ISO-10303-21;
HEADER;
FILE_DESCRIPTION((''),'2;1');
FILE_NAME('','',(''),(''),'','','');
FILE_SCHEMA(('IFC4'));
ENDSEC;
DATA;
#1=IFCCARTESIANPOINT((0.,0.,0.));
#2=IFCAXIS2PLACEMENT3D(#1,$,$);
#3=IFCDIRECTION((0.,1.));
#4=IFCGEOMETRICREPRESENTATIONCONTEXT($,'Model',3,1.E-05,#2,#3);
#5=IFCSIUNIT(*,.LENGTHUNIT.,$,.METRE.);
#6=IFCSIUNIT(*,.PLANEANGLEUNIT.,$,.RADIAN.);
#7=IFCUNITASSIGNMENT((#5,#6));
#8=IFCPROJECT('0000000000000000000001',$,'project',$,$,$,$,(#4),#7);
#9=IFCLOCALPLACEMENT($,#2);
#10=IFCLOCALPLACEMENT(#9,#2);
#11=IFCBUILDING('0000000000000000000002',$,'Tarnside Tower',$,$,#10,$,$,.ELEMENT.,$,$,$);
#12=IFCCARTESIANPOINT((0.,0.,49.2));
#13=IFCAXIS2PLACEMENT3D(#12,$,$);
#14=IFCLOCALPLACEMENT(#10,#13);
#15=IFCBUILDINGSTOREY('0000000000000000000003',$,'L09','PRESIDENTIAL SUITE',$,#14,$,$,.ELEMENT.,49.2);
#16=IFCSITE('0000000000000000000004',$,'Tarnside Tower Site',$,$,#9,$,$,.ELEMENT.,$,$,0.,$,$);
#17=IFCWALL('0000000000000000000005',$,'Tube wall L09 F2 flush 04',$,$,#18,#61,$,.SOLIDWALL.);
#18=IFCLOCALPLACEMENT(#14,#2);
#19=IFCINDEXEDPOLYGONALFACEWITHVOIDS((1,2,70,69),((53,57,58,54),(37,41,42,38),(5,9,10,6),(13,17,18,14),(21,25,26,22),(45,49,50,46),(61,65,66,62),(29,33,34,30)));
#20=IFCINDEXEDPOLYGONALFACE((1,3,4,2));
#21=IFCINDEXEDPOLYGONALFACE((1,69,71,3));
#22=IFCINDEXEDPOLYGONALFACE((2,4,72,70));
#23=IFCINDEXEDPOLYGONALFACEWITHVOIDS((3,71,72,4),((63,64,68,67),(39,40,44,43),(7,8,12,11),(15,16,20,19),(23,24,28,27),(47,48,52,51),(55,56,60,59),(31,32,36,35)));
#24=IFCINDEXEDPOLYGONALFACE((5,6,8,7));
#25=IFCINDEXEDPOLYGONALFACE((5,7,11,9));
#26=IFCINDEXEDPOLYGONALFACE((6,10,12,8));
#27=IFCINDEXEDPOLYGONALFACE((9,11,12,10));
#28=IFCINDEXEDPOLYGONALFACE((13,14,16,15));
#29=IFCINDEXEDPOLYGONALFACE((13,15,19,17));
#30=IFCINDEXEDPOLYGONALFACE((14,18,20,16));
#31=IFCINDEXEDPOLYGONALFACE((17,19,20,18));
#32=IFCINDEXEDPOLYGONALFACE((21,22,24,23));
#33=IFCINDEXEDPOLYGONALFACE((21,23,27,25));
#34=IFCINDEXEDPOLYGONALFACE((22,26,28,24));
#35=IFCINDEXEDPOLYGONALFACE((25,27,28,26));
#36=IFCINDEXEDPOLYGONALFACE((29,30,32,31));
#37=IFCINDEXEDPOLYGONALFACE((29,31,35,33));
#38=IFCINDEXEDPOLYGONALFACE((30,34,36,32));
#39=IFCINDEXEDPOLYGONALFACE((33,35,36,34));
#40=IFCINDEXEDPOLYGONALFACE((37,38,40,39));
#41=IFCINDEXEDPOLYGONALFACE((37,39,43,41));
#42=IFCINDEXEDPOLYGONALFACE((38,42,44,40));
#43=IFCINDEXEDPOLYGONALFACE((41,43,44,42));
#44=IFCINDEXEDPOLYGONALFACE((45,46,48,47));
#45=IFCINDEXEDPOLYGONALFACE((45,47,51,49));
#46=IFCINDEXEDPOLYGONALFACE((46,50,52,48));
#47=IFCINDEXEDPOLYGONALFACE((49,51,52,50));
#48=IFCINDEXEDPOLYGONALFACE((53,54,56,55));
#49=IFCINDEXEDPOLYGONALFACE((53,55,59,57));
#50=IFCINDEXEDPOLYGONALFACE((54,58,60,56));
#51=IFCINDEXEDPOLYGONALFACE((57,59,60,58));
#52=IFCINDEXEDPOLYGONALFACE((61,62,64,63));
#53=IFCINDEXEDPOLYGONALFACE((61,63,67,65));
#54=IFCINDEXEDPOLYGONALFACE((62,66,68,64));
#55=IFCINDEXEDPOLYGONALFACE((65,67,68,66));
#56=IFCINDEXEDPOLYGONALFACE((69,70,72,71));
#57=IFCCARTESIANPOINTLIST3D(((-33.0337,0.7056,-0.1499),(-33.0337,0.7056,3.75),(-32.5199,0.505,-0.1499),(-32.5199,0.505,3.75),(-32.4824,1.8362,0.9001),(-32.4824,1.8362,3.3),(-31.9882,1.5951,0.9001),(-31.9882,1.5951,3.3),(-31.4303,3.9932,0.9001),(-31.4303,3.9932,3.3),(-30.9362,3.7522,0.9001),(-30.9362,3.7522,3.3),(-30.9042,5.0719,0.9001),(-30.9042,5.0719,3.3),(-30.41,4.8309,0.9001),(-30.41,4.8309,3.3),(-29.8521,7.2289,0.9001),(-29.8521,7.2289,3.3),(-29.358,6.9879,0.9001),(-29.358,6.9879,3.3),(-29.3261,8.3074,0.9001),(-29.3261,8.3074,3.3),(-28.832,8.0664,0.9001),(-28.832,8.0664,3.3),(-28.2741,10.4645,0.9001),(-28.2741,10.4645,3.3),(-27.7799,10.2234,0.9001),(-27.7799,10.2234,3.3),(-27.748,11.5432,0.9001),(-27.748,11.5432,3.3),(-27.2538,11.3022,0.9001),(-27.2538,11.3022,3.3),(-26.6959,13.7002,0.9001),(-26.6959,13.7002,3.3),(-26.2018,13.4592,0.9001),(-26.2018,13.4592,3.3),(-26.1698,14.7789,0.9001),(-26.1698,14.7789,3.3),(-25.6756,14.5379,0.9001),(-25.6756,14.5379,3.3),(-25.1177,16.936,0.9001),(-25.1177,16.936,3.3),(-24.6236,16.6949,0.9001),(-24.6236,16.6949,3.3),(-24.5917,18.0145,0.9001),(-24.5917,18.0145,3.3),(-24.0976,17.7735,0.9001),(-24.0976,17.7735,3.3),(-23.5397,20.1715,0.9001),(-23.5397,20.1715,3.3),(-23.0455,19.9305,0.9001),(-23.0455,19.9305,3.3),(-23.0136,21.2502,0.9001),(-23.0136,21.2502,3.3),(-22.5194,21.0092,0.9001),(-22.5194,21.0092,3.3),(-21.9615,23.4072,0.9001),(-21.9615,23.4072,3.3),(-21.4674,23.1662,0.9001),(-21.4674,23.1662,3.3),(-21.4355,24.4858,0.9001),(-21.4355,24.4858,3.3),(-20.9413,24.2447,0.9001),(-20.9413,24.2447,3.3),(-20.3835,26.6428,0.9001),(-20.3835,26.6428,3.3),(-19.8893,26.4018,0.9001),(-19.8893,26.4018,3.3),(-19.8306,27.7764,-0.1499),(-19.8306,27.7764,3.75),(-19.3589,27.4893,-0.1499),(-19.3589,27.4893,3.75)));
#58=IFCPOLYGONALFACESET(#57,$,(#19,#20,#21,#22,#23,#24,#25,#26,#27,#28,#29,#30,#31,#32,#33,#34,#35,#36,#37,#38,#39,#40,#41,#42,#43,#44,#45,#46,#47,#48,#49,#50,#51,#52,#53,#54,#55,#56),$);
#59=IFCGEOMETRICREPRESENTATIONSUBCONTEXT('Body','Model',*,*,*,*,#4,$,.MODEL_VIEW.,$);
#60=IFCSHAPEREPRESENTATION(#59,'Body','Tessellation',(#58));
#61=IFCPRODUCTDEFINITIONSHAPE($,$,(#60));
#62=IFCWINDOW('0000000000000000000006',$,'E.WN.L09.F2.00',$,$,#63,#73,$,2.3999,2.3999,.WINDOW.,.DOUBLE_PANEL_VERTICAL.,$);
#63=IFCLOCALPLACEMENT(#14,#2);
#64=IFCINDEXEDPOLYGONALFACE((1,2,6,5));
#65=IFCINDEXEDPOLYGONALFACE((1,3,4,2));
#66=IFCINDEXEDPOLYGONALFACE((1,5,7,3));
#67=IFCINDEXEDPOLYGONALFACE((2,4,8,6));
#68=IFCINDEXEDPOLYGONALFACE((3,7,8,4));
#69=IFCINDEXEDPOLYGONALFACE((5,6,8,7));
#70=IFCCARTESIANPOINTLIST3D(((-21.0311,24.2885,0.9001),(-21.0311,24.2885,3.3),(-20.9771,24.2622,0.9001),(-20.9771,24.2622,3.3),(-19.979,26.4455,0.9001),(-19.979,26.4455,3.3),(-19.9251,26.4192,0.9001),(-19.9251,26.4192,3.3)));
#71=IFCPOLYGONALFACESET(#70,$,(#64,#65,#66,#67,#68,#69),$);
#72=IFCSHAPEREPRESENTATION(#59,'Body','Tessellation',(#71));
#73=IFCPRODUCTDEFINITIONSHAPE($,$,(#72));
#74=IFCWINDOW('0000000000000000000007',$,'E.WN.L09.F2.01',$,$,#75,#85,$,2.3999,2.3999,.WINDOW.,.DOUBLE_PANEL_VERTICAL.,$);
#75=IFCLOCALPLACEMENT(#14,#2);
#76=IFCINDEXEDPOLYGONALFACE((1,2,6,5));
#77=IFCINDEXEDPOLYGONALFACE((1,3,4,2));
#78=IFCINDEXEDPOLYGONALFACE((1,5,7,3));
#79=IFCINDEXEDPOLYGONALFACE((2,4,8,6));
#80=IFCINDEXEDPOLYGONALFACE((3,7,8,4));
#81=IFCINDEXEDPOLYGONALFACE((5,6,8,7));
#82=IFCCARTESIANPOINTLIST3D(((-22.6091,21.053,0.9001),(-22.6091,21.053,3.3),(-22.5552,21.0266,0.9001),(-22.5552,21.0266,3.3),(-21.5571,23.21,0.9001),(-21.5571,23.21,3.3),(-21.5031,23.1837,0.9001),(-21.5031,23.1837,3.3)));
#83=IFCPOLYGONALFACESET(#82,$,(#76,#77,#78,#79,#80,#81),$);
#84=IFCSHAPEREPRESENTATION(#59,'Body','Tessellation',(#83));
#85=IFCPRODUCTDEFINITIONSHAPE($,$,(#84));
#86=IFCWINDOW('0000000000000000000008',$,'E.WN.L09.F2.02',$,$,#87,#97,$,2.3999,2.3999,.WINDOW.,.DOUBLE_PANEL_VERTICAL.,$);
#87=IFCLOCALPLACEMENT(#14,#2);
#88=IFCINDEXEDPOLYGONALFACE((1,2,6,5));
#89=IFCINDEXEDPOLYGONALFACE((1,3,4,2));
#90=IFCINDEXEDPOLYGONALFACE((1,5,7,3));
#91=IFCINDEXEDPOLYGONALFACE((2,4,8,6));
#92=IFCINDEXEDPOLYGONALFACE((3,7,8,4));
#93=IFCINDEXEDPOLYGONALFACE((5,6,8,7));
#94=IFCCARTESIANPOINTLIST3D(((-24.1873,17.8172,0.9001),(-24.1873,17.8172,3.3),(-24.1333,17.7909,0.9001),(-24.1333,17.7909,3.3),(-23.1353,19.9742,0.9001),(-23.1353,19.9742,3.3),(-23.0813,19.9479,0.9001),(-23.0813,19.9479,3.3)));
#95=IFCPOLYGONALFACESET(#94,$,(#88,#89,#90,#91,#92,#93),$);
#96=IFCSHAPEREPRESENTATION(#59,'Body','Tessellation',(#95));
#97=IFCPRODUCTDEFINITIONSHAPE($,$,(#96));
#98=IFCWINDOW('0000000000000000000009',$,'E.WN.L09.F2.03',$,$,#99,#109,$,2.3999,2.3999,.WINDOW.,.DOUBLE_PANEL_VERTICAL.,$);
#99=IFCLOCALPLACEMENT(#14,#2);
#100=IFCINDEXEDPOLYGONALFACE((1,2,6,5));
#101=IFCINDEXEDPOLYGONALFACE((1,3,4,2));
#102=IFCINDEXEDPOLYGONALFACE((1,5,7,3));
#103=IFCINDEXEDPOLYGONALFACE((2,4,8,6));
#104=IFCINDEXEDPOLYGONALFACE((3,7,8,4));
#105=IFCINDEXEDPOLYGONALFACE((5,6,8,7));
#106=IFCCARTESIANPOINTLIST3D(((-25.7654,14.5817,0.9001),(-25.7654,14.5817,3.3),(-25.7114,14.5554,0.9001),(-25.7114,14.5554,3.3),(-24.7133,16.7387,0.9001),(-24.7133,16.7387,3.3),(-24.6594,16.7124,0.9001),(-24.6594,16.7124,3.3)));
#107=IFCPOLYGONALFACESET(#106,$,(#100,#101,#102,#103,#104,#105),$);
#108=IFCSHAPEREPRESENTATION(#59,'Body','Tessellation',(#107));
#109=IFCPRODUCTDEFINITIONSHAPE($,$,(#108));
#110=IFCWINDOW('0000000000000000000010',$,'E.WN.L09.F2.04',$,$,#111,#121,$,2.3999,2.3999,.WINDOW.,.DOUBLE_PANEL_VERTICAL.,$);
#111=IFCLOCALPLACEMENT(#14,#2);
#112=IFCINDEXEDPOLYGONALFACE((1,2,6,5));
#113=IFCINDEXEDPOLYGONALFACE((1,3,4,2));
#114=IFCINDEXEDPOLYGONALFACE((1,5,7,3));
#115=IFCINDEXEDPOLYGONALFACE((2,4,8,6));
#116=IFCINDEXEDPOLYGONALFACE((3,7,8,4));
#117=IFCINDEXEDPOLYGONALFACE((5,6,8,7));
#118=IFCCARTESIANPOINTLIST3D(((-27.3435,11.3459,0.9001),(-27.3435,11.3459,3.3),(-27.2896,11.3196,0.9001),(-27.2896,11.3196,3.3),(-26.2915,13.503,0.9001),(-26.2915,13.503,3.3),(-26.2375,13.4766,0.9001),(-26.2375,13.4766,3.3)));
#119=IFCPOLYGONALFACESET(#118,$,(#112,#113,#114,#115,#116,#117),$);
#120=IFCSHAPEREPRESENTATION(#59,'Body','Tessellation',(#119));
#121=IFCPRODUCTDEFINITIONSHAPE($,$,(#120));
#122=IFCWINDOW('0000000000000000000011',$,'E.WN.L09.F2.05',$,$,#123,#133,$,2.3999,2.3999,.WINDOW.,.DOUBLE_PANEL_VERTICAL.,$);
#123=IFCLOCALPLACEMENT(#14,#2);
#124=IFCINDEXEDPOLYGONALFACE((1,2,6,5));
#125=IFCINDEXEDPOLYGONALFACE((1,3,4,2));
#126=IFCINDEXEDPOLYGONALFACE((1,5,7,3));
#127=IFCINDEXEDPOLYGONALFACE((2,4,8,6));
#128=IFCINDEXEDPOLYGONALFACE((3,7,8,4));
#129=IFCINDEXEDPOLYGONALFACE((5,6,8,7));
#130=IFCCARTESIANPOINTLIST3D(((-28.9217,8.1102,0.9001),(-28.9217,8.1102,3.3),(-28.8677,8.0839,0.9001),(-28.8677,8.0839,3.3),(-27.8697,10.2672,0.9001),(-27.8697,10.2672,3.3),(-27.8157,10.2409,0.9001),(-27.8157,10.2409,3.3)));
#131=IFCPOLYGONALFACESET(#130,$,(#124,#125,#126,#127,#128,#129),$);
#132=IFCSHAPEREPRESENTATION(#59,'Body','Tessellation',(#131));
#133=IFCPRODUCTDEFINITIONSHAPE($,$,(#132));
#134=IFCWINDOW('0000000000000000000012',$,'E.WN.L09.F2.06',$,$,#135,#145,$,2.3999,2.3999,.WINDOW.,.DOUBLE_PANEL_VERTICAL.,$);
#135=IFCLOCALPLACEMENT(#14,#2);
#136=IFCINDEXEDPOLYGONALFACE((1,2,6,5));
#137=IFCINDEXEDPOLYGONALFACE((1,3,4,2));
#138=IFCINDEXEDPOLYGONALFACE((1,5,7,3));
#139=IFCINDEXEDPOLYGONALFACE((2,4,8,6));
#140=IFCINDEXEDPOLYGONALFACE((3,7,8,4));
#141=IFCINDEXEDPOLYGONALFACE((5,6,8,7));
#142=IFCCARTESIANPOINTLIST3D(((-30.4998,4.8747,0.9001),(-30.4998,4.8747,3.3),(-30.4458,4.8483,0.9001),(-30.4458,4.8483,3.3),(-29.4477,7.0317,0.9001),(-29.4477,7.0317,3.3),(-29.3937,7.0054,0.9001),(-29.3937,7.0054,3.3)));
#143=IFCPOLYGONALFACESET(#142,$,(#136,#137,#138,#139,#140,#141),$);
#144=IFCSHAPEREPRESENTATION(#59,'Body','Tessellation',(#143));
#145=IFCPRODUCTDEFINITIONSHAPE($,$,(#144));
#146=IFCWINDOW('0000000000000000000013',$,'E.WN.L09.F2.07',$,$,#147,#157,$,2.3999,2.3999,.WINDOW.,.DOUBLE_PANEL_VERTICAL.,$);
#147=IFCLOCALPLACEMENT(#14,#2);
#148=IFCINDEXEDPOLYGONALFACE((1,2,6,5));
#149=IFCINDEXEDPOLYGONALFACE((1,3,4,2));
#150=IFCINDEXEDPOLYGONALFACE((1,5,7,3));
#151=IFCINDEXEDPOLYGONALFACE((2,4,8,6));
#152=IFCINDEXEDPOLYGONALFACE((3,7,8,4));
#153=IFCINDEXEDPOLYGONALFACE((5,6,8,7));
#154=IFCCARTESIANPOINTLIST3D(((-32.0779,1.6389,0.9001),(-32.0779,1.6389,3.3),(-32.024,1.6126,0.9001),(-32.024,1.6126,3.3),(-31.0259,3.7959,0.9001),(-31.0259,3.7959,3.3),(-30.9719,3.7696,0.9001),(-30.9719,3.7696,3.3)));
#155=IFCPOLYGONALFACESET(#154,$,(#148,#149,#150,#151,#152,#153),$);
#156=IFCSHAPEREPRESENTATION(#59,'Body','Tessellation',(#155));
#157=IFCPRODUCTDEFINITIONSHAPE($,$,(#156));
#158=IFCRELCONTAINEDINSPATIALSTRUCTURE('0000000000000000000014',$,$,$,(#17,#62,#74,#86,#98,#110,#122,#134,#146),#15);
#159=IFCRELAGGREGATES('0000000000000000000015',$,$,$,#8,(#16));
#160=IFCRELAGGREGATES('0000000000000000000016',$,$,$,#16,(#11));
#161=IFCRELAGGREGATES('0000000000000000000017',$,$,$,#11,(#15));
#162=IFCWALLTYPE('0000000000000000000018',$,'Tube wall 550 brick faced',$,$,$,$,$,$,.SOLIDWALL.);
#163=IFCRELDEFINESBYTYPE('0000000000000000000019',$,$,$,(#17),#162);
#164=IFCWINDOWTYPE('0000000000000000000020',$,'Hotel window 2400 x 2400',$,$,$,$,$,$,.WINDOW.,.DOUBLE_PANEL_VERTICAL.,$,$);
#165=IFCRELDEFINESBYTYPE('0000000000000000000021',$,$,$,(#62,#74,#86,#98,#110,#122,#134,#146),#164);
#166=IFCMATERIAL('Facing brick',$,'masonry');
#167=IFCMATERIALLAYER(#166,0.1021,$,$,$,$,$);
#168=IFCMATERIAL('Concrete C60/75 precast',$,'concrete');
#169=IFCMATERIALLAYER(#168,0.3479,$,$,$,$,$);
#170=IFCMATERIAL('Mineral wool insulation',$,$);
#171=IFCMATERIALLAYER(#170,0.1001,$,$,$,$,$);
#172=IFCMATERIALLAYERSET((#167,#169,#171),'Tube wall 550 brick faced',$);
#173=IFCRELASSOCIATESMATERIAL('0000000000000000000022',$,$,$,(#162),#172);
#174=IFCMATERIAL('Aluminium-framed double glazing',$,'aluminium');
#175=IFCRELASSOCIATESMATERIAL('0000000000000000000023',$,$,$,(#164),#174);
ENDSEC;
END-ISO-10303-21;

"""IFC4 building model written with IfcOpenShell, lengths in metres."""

from ifc_helpers import new_model, si_unit, direction, frame, frame_2d, origin, place, context, subcontext, project, spatial, polyline, rectangle, outline, extrude, material, layer, layer_set, type_object, element, fill, save


model = new_model("IFC4")

# Units and contexts
model_context = context("Model", 3, precision=1e-05, world=origin(), true_north=direction((0.0, 1.0)))
body_context = subcontext(model_context, "Body", "Model", "MODEL_VIEW")
ifc_project = project(units=[si_unit("LENGTHUNIT", "METRE"), si_unit("PLANEANGLEUNIT", "RADIAN")], contexts=[model_context])

# Site, building, storey
site_placement = place(None, origin())
site = spatial("IfcSite", under=ifc_project, at=site_placement, Name="Tarnside Tower Site", CompositionType="ELEMENT", RefElevation=0.0)
building_placement = place(site_placement, origin())
building = spatial("IfcBuilding", under=site, at=building_placement, Name="Tarnside Tower", CompositionType="ELEMENT")
storey_placement = place(building_placement, frame((0.0, 0.0, 49.2)))
storey = spatial("IfcBuildingStorey", under=building, at=storey_placement, Name="L09", Description="PRESIDENTIAL SUITE", CompositionType="ELEMENT", Elevation=49.2)

# Shared definitions
ifc_material_1 = material(Name="Facing brick", Category="masonry")
ifc_layer_1 = layer(ifc_material_1, 0.1021)
ifc_material_2 = material(Name="Concrete C60/75 precast", Category="concrete")
ifc_layer_2 = layer(ifc_material_2, 0.3479)
ifc_material_3 = material(Name="Mineral wool insulation")
ifc_layer_3 = layer(ifc_material_3, 0.1001)
ifc_layer_set_1 = layer_set([ifc_layer_1, ifc_layer_2, ifc_layer_3], Name="Tube wall 550 brick faced")
wall_type_1 = type_object("IfcWallType", Name="Tube wall 550 brick faced", PredefinedType="SOLIDWALL", material=ifc_layer_set_1)

# Wall, openings, windows
wall_1_placement = place(storey_placement, frame((-19.5947, 27.6328, -0.1499), z_axis=(0.0, 0.0, 1.0), x_axis=(-0.438368, -0.898795, 0.0)))
wall_1 = element("IfcWall", 1, at=wall_1_placement, inside=storey, type_object=wall_type_1, Name="Tube wall L09 F2 flush 04", PredefinedType="SOLIDWALL", context=body_context, shape_type="SweptSolid", body=[
    extrude(outline(polyline([(-0.0256, -0.2749), (30.0933, -0.2749), (30.0483, 0.2749), (0.0256, 0.2749), (-0.0256, -0.2749)])), origin(), (0.0, 0.0, 1.0), 3.8999),
])
opening_1_placement = place(wall_1_placement, frame((1.2356, 0.0, 1.05)))
opening_1 = element("IfcOpeningElement", 2, at=opening_1_placement, cuts=wall_1, PredefinedType="OPENING", context=body_context, shape_type="SweptSolid", body=[
    extrude(rectangle(XDim=2.3999, YDim=2.3999, at=frame_2d((1.2, 1.2))), frame((0.0, 0.2852, 0.0), z_axis=(0.0, -1.0, 0.0), x_axis=(1.0, 0.0, 0.0)), (0.0, 0.0, 1.0), 0.5701),
])
opening_2_placement = place(wall_1_placement, frame((4.8354, 0.0, 1.05)))
opening_2 = element("IfcOpeningElement", 3, at=opening_2_placement, cuts=wall_1, PredefinedType="OPENING", context=body_context, shape_type="SweptSolid", body=[
    extrude(rectangle(XDim=2.3999, YDim=2.3999, at=frame_2d((1.2, 1.2))), frame((0.0, 0.2852, 0.0), z_axis=(0.0, -1.0, 0.0), x_axis=(1.0, 0.0, 0.0)), (0.0, 0.0, 1.0), 0.5701),
])
opening_3_placement = place(wall_1_placement, frame((8.4355, 0.0, 1.05)))
opening_3 = element("IfcOpeningElement", 4, at=opening_3_placement, cuts=wall_1, PredefinedType="OPENING", context=body_context, shape_type="SweptSolid", body=[
    extrude(rectangle(XDim=2.3999, YDim=2.3999, at=frame_2d((1.2, 1.2))), frame((0.0, 0.2852, 0.0), z_axis=(0.0, -1.0, 0.0), x_axis=(1.0, 0.0, 0.0)), (0.0, 0.0, 1.0), 0.5701),
])
opening_4_placement = place(wall_1_placement, frame((12.0354, 0.0, 1.05)))
opening_4 = element("IfcOpeningElement", 5, at=opening_4_placement, cuts=wall_1, PredefinedType="OPENING", context=body_context, shape_type="SweptSolid", body=[
    extrude(rectangle(XDim=2.3999, YDim=2.3999, at=frame_2d((1.2, 1.2))), frame((0.0, 0.2852, 0.0), z_axis=(0.0, -1.0, 0.0), x_axis=(1.0, 0.0, 0.0)), (0.0, 0.0, 1.0), 0.5701),
])
opening_5_placement = place(wall_1_placement, frame((15.6355, 0.0, 1.05)))
opening_5 = element("IfcOpeningElement", 6, at=opening_5_placement, cuts=wall_1, PredefinedType="OPENING", context=body_context, shape_type="SweptSolid", body=[
    extrude(rectangle(XDim=2.3999, YDim=2.3999, at=frame_2d((1.2, 1.2))), frame((0.0, 0.2852, 0.0), z_axis=(0.0, -1.0, 0.0), x_axis=(1.0, 0.0, 0.0)), (0.0, 0.0, 1.0), 0.5701),
])
opening_6_placement = place(wall_1_placement, frame((19.2356, 0.0, 1.05)))
opening_6 = element("IfcOpeningElement", 7, at=opening_6_placement, cuts=wall_1, PredefinedType="OPENING", context=body_context, shape_type="SweptSolid", body=[
    extrude(rectangle(XDim=2.3999, YDim=2.3999, at=frame_2d((1.2, 1.2))), frame((0.0, 0.2852, 0.0), z_axis=(0.0, -1.0, 0.0), x_axis=(1.0, 0.0, 0.0)), (0.0, 0.0, 1.0), 0.5701),
])
opening_7_placement = place(wall_1_placement, frame((22.8354, 0.0, 1.05)))
opening_7 = element("IfcOpeningElement", 8, at=opening_7_placement, cuts=wall_1, PredefinedType="OPENING", context=body_context, shape_type="SweptSolid", body=[
    extrude(rectangle(XDim=2.3999, YDim=2.3999, at=frame_2d((1.2, 1.2))), frame((0.0, 0.2852, 0.0), z_axis=(0.0, -1.0, 0.0), x_axis=(1.0, 0.0, 0.0)), (0.0, 0.0, 1.0), 0.5701),
])
opening_8_placement = place(wall_1_placement, frame((26.4355, 0.0, 1.05)))
opening_8 = element("IfcOpeningElement", 9, at=opening_8_placement, cuts=wall_1, PredefinedType="OPENING", context=body_context, shape_type="SweptSolid", body=[
    extrude(rectangle(XDim=2.3999, YDim=2.3999, at=frame_2d((1.2, 1.2))), frame((0.0, 0.2852, 0.0), z_axis=(0.0, -1.0, 0.0), x_axis=(1.0, 0.0, 0.0)), (0.0, 0.0, 1.0), 0.5701),
])
ifc_material_4 = material(Name="Aluminium-framed double glazing", Category="aluminium")
window_type = type_object("IfcWindowType", Name="Hotel window 2400 x 2400", PartitioningType="DOUBLE_PANEL_VERTICAL", PredefinedType="WINDOW", material=ifc_material_4)
window_1_placement = place(opening_1_placement, frame((0.0, 0.2051, 0.0)))
window_1 = element("IfcWindow", 10, at=window_1_placement, inside=storey, type_object=window_type, Name="E.WN.L09.F2.00", OverallHeight=2.3999, OverallWidth=2.3999, PartitioningType="DOUBLE_PANEL_VERTICAL", PredefinedType="WINDOW", context=body_context, shape_type="SweptSolid", body=[
    extrude(rectangle(XDim=2.3999, YDim=2.3999, at=frame_2d((1.2, 1.2))), frame((0.0, 0.03, 0.0), z_axis=(0.0, -1.0, 0.0), x_axis=(1.0, 0.0, 0.0)), (0.0, 0.0, 1.0), 0.0601),
])
fill(opening_1, window_1)
window_2_placement = place(opening_2_placement, frame((0.0, 0.2051, 0.0)))
window_2 = element("IfcWindow", 11, at=window_2_placement, inside=storey, type_object=window_type, Name="E.WN.L09.F2.01", OverallHeight=2.3999, OverallWidth=2.3999, PartitioningType="DOUBLE_PANEL_VERTICAL", PredefinedType="WINDOW", context=body_context, shape_type="SweptSolid", body=[
    extrude(rectangle(XDim=2.3999, YDim=2.3999, at=frame_2d((1.2, 1.2))), frame((0.0, 0.03, 0.0), z_axis=(0.0, -1.0, 0.0), x_axis=(1.0, 0.0, 0.0)), (0.0, 0.0, 1.0), 0.0601),
])
fill(opening_2, window_2)
window_3_placement = place(opening_3_placement, frame((0.0, 0.2051, 0.0)))
window_3 = element("IfcWindow", 12, at=window_3_placement, inside=storey, type_object=window_type, Name="E.WN.L09.F2.02", OverallHeight=2.3999, OverallWidth=2.3999, PartitioningType="DOUBLE_PANEL_VERTICAL", PredefinedType="WINDOW", context=body_context, shape_type="SweptSolid", body=[
    extrude(rectangle(XDim=2.3999, YDim=2.3999, at=frame_2d((1.2, 1.2))), frame((0.0, 0.03, 0.0), z_axis=(0.0, -1.0, 0.0), x_axis=(1.0, 0.0, 0.0)), (0.0, 0.0, 1.0), 0.0601),
])
fill(opening_3, window_3)
window_4_placement = place(opening_4_placement, frame((0.0, 0.2051, 0.0)))
window_4 = element("IfcWindow", 13, at=window_4_placement, inside=storey, type_object=window_type, Name="E.WN.L09.F2.03", OverallHeight=2.3999, OverallWidth=2.3999, PartitioningType="DOUBLE_PANEL_VERTICAL", PredefinedType="WINDOW", context=body_context, shape_type="SweptSolid", body=[
    extrude(rectangle(XDim=2.3999, YDim=2.3999, at=frame_2d((1.2, 1.2))), frame((0.0, 0.03, 0.0), z_axis=(0.0, -1.0, 0.0), x_axis=(1.0, 0.0, 0.0)), (0.0, 0.0, 1.0), 0.0601),
])
fill(opening_4, window_4)
window_5_placement = place(opening_5_placement, frame((0.0, 0.2051, 0.0)))
window_5 = element("IfcWindow", 14, at=window_5_placement, inside=storey, type_object=window_type, Name="E.WN.L09.F2.04", OverallHeight=2.3999, OverallWidth=2.3999, PartitioningType="DOUBLE_PANEL_VERTICAL", PredefinedType="WINDOW", context=body_context, shape_type="SweptSolid", body=[
    extrude(rectangle(XDim=2.3999, YDim=2.3999, at=frame_2d((1.2, 1.2))), frame((0.0, 0.03, 0.0), z_axis=(0.0, -1.0, 0.0), x_axis=(1.0, 0.0, 0.0)), (0.0, 0.0, 1.0), 0.0601),
])
fill(opening_5, window_5)
window_6_placement = place(opening_6_placement, frame((0.0, 0.2051, 0.0)))
window_6 = element("IfcWindow", 15, at=window_6_placement, inside=storey, type_object=window_type, Name="E.WN.L09.F2.05", OverallHeight=2.3999, OverallWidth=2.3999, PartitioningType="DOUBLE_PANEL_VERTICAL", PredefinedType="WINDOW", context=body_context, shape_type="SweptSolid", body=[
    extrude(rectangle(XDim=2.3999, YDim=2.3999, at=frame_2d((1.2, 1.2))), frame((0.0, 0.03, 0.0), z_axis=(0.0, -1.0, 0.0), x_axis=(1.0, 0.0, 0.0)), (0.0, 0.0, 1.0), 0.0601),
])
fill(opening_6, window_6)
window_7_placement = place(opening_7_placement, frame((0.0, 0.2051, 0.0)))
window_7 = element("IfcWindow", 16, at=window_7_placement, inside=storey, type_object=window_type, Name="E.WN.L09.F2.06", OverallHeight=2.3999, OverallWidth=2.3999, PartitioningType="DOUBLE_PANEL_VERTICAL", PredefinedType="WINDOW", context=body_context, shape_type="SweptSolid", body=[
    extrude(rectangle(XDim=2.3999, YDim=2.3999, at=frame_2d((1.2, 1.2))), frame((0.0, 0.03, 0.0), z_axis=(0.0, -1.0, 0.0), x_axis=(1.0, 0.0, 0.0)), (0.0, 0.0, 1.0), 0.0601),
])
fill(opening_7, window_7)
window_8_placement = place(opening_8_placement, frame((0.0, 0.2051, 0.0)))
window_8 = element("IfcWindow", 17, at=window_8_placement, inside=storey, type_object=window_type, Name="E.WN.L09.F2.07", OverallHeight=2.3999, OverallWidth=2.3999, PartitioningType="DOUBLE_PANEL_VERTICAL", PredefinedType="WINDOW", context=body_context, shape_type="SweptSolid", body=[
    extrude(rectangle(XDim=2.3999, YDim=2.3999, at=frame_2d((1.2, 1.2))), frame((0.0, 0.03, 0.0), z_axis=(0.0, -1.0, 0.0), x_axis=(1.0, 0.0, 0.0)), (0.0, 0.0, 1.0), 0.0601),
])
fill(opening_8, window_8)

save(model, "model.ifc")
